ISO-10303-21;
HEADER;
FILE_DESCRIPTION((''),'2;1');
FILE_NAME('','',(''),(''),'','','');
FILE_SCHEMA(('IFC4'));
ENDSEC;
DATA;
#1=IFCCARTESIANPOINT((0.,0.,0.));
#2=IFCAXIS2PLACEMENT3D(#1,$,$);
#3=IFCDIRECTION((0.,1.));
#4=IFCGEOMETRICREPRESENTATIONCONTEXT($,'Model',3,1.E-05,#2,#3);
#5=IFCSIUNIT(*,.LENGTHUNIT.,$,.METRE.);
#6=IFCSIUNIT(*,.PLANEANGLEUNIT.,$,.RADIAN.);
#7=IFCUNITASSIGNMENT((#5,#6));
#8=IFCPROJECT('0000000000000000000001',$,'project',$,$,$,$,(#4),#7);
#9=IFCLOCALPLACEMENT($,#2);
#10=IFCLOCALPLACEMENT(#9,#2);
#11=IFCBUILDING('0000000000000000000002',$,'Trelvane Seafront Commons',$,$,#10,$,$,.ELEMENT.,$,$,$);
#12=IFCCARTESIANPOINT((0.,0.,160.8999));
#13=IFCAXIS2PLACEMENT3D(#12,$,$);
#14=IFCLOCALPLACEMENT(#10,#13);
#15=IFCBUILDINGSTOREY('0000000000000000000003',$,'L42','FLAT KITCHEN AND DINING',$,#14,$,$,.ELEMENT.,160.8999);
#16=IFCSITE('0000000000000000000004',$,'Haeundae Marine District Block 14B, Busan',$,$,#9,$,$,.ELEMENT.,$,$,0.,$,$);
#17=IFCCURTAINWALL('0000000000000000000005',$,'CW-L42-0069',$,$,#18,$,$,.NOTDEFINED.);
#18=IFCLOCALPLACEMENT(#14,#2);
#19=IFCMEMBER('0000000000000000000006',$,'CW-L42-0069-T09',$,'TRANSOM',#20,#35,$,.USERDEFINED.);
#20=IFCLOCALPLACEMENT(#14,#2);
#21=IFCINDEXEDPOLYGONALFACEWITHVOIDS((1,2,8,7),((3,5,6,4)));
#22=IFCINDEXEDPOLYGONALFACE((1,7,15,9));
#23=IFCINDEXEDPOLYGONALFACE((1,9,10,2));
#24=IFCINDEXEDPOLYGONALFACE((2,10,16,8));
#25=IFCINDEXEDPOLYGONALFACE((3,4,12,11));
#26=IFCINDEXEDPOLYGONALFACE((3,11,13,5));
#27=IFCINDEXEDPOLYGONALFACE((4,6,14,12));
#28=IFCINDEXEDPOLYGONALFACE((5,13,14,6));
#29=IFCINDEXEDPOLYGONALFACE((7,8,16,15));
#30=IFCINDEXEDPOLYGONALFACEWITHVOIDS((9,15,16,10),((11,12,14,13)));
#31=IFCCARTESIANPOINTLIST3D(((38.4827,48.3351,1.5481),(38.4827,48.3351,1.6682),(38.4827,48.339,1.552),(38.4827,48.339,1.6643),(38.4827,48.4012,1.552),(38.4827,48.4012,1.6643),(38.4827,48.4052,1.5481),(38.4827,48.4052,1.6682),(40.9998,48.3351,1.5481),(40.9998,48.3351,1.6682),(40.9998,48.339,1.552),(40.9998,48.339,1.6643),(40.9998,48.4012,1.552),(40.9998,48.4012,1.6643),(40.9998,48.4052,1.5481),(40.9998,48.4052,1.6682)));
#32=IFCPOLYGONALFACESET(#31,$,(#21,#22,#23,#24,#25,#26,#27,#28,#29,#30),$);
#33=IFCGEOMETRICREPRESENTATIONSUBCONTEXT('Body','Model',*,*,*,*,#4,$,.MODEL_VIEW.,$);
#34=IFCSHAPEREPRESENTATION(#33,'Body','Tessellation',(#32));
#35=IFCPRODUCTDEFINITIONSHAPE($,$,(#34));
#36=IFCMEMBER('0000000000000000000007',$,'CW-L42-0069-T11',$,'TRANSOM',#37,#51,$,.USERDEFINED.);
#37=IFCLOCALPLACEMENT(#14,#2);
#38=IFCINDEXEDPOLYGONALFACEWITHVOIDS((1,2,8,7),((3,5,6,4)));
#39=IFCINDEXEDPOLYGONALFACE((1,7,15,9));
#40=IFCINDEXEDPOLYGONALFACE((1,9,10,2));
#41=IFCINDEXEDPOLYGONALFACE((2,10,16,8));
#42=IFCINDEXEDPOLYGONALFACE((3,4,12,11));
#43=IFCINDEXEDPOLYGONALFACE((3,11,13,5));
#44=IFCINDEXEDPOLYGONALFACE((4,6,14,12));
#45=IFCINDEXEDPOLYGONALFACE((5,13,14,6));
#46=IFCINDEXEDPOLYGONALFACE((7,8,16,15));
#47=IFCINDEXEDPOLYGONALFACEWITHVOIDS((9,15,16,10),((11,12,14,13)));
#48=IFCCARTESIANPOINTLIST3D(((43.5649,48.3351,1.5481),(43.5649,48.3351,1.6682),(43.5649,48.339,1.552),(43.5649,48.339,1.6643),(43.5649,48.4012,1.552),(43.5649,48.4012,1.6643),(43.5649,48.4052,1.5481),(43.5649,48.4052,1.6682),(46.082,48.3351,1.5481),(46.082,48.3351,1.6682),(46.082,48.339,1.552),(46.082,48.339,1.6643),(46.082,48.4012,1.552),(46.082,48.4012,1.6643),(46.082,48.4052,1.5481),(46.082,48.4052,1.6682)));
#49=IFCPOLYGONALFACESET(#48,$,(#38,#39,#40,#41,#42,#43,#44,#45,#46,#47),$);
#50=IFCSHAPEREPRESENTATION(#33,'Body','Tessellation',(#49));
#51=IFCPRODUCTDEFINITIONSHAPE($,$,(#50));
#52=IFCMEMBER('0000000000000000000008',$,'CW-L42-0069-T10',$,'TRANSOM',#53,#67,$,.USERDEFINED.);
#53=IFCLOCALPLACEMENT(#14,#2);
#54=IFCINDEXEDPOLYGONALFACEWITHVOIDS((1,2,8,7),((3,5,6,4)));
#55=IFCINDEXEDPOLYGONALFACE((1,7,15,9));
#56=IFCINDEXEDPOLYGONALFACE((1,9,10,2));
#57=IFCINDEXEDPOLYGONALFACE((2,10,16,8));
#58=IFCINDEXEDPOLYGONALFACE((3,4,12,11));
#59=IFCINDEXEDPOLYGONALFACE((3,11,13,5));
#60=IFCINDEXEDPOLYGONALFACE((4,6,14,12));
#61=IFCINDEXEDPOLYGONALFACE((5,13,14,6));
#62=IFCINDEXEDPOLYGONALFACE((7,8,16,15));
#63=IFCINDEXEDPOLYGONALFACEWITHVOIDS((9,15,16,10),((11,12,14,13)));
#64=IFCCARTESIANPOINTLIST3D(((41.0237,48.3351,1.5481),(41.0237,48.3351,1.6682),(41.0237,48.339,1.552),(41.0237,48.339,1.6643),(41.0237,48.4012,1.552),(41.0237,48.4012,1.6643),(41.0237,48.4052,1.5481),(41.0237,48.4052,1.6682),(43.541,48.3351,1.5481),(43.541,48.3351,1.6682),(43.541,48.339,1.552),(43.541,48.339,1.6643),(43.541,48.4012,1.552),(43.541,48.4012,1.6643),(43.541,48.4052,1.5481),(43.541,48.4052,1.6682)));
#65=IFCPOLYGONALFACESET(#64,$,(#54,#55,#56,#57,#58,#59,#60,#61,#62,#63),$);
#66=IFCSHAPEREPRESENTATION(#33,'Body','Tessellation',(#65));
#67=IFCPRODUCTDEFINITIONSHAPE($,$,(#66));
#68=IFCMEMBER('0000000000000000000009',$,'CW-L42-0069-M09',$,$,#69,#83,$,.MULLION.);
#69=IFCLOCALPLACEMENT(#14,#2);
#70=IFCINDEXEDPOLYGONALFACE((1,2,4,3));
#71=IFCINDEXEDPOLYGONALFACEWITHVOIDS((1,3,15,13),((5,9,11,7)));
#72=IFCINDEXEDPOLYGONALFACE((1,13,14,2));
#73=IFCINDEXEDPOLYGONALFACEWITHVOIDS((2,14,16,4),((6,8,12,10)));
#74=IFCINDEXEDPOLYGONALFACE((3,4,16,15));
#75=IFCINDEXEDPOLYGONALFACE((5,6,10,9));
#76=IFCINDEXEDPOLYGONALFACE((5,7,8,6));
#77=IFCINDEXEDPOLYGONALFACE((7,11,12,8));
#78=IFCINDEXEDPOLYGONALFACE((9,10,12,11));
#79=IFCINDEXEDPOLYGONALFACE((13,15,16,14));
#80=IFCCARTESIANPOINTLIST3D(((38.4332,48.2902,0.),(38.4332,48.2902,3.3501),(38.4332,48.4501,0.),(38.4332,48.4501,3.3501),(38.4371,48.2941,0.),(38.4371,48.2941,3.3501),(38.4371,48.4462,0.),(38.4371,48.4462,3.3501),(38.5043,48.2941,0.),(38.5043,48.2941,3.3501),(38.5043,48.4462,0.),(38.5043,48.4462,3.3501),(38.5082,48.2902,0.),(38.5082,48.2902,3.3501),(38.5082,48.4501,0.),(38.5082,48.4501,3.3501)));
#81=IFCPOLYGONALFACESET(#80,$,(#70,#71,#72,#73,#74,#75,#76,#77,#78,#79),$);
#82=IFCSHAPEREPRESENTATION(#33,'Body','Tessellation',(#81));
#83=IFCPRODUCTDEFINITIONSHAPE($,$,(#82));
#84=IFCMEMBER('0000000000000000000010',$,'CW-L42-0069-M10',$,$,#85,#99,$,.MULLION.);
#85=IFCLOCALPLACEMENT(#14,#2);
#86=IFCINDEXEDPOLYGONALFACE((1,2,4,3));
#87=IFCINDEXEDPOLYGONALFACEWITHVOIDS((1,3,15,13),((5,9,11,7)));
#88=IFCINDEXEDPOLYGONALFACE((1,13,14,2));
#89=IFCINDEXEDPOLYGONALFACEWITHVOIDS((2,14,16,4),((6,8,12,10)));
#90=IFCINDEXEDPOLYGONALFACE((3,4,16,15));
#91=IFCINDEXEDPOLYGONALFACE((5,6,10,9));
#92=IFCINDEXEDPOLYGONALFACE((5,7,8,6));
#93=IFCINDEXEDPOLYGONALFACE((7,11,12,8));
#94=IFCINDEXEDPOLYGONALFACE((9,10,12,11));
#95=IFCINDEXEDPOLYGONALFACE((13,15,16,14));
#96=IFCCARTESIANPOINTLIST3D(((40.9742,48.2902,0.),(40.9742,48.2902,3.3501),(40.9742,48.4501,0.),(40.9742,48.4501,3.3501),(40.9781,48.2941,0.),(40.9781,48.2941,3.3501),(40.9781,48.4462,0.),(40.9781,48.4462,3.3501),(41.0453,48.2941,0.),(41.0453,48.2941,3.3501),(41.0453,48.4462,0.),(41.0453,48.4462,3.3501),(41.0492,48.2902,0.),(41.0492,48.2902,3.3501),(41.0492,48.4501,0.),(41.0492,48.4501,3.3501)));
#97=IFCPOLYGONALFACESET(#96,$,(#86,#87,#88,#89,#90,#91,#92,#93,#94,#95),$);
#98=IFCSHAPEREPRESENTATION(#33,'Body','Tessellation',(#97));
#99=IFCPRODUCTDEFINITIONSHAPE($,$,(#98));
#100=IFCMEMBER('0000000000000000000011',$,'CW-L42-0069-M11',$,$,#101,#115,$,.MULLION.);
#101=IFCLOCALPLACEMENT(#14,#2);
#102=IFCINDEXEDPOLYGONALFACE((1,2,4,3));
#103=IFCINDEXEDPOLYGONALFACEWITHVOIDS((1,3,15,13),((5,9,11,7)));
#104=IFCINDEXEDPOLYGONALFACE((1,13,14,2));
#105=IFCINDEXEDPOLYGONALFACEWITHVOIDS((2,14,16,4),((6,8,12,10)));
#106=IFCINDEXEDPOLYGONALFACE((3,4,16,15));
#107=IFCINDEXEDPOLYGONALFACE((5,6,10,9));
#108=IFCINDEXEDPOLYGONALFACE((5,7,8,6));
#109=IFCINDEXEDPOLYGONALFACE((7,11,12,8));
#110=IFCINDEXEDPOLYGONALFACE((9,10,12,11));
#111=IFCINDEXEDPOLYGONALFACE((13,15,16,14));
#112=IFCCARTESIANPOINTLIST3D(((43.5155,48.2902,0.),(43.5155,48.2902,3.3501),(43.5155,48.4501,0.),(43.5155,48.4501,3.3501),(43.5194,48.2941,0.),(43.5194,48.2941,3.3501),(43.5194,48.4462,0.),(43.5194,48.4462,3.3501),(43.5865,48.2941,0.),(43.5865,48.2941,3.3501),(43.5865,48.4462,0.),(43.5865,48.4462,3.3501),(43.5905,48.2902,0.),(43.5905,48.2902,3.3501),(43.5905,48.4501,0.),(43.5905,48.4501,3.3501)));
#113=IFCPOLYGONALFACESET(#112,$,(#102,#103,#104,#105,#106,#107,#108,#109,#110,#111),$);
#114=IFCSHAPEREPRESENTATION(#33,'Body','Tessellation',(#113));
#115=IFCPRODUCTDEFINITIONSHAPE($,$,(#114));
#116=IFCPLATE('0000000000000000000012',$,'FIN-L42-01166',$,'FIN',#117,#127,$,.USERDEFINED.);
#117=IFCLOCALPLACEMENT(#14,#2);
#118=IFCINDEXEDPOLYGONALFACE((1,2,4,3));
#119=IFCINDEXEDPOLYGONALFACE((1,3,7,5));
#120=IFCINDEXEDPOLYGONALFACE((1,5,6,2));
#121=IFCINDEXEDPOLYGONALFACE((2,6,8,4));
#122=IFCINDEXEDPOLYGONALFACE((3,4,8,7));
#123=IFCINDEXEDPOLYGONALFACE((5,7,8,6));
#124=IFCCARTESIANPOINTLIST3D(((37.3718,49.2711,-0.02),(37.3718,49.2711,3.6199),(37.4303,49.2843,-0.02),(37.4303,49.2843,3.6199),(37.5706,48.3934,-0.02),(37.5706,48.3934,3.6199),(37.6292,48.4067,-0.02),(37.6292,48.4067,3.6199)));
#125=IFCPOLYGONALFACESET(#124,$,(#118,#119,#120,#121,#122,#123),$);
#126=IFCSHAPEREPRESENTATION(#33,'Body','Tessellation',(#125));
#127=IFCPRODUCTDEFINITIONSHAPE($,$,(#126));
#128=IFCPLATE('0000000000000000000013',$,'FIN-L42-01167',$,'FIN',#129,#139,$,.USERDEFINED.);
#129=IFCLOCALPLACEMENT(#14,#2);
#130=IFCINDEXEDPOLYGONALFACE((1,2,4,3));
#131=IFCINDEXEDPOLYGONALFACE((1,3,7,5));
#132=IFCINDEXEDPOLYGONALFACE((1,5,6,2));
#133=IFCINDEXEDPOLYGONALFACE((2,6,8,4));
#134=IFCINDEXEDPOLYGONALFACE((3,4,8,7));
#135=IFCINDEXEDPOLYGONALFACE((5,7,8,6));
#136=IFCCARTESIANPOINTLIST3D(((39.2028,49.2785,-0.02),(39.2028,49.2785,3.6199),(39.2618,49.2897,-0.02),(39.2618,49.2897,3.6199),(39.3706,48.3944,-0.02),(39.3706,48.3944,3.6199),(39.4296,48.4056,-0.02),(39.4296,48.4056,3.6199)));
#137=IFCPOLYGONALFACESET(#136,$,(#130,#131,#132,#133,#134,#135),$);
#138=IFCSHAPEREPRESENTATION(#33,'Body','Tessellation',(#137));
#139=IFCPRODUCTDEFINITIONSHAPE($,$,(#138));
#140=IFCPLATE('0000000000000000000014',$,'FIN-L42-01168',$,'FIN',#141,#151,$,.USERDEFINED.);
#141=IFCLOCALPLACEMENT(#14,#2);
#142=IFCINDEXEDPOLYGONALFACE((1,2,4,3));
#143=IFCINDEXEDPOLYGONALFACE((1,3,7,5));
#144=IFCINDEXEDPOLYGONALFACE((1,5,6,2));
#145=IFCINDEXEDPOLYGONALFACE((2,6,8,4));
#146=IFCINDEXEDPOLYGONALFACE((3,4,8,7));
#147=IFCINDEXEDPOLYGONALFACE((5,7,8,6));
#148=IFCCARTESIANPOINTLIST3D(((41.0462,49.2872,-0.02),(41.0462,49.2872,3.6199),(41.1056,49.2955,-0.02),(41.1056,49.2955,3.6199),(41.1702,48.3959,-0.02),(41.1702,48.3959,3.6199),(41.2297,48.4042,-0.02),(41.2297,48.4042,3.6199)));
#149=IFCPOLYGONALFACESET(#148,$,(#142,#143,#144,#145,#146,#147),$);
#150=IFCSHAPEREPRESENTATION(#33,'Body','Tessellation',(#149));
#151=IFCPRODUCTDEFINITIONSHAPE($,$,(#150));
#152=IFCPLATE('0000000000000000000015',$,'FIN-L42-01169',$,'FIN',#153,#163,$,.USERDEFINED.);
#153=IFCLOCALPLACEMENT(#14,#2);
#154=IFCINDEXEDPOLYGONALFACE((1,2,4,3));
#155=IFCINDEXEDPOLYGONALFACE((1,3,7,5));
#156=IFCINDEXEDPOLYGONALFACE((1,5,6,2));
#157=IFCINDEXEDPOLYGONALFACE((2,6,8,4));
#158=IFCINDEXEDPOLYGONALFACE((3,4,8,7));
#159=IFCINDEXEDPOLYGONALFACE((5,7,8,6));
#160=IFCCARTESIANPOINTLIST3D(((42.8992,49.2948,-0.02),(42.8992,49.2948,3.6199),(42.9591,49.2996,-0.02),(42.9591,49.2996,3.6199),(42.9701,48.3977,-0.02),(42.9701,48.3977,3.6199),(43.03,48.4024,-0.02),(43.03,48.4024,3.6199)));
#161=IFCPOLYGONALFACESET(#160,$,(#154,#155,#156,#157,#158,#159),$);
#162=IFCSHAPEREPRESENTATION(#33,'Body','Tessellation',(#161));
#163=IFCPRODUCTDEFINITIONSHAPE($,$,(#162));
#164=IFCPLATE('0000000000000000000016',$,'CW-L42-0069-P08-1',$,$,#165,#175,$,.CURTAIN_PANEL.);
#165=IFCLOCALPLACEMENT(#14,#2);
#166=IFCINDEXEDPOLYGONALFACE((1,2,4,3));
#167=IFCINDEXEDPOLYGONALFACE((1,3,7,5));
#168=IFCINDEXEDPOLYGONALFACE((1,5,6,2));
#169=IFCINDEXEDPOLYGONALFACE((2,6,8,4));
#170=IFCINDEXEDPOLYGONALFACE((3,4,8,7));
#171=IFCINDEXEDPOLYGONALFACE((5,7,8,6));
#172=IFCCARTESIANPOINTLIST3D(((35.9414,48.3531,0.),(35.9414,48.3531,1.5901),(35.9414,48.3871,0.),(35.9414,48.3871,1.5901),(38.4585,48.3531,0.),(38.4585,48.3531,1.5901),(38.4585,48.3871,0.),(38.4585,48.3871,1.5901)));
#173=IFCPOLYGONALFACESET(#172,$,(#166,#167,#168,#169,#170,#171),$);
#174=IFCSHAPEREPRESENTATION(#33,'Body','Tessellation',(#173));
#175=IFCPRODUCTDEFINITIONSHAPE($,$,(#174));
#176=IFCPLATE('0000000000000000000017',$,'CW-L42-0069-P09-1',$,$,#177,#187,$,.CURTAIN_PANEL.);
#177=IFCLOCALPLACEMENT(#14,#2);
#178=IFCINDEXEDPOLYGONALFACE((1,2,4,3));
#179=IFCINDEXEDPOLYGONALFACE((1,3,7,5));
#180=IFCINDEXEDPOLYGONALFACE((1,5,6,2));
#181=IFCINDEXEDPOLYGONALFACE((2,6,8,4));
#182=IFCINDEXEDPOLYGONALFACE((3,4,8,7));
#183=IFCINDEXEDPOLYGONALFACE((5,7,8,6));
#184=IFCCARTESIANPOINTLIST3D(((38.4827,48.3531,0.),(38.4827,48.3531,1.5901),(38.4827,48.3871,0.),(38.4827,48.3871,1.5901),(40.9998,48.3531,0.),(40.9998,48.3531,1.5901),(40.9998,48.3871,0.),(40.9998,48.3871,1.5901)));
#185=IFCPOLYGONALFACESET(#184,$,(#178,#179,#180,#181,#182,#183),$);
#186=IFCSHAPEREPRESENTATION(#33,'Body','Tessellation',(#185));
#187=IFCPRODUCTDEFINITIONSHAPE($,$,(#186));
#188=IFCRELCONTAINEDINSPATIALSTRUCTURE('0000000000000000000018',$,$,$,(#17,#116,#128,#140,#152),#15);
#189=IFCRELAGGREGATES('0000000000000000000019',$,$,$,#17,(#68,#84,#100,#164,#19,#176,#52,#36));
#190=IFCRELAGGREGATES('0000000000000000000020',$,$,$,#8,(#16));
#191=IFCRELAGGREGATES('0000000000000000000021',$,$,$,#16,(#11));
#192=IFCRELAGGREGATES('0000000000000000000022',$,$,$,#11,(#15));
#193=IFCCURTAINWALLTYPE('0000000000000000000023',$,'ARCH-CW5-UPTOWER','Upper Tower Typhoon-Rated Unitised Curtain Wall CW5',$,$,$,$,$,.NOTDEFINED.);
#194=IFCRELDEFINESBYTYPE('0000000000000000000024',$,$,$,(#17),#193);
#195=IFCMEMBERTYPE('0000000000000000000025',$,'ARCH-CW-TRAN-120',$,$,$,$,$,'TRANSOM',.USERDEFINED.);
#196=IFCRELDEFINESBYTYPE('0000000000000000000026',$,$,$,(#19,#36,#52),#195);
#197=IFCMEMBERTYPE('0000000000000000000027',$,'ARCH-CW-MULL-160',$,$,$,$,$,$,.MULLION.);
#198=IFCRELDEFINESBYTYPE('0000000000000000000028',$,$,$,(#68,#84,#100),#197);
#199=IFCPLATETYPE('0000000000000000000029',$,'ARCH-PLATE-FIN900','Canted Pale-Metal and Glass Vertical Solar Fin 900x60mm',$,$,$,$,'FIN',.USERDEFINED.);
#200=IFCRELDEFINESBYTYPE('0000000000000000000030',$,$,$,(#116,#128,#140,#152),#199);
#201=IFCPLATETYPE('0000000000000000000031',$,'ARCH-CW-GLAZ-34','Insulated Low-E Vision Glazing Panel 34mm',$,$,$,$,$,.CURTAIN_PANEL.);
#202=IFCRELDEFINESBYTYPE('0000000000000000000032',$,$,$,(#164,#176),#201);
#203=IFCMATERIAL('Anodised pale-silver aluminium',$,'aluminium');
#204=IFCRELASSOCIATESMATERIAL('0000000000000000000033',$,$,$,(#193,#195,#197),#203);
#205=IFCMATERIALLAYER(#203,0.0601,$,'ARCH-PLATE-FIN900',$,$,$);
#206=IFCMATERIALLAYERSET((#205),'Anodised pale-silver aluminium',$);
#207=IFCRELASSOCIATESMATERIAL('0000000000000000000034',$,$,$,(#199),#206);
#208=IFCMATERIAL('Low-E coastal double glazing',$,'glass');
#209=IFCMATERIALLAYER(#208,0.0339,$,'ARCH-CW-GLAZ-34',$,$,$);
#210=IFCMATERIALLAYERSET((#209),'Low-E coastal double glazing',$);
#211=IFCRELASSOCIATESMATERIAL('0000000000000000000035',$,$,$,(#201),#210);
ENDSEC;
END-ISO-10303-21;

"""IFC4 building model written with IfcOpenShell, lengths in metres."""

from ifc_helpers import new_model, si_unit, direction, frame, origin, origin_2d, place, context, subcontext, project, spatial, rectangle, hollow_rectangle, extrude, source, transform, mapped, material, layer, layer_set, material_profile, profile_set, type_object, element, aggregate, save


model = new_model("IFC4")

# Units and contexts
model_context = context("Model", 3, precision=1e-05, world=origin(), true_north=direction((0.0, 1.0)))
body_context = subcontext(model_context, "Body", "Model", "MODEL_VIEW")
ifc_project = project(units=[si_unit("LENGTHUNIT", "METRE"), si_unit("PLANEANGLEUNIT", "RADIAN")], contexts=[model_context])

# Site, building, storey
site_placement = place(None, origin())
site = spatial("IfcSite", under=ifc_project, at=site_placement, Name="Haeundae Marine District Block 14B, Busan", CompositionType="ELEMENT", RefElevation=0.0)
building_placement = place(site_placement, origin())
building = spatial("IfcBuilding", under=site, at=building_placement, Name="Trelvane Seafront Commons", CompositionType="ELEMENT")
storey_placement = place(building_placement, frame((0.0, 0.0, 160.8999)))
storey = spatial("IfcBuildingStorey", under=building, at=storey_placement, Name="L42", Description="FLAT KITCHEN AND DINING", CompositionType="ELEMENT", Elevation=160.8999)

# Curtain wall, members
ifc_material_1 = material(Name="Anodised pale-silver aluminium", Category="aluminium")
curtain_wall_type = type_object("IfcCurtainWallType", Name="ARCH-CW5-UPTOWER", Description="Upper Tower Typhoon-Rated Unitised Curtain Wall CW5", PredefinedType="NOTDEFINED", material=ifc_material_1)
curtain_wall_placement = place(storey_placement, origin())
curtain_wall = element("IfcCurtainWall", 1, at=curtain_wall_placement, inside=storey, type_object=curtain_wall_type, Name="CW-L42-0069", PredefinedType="NOTDEFINED")
ifc_material_profile_1 = material_profile(ifc_material_1, hollow_rectangle(XDim=0.0701, YDim=0.1201, WallThickness=0.0039, at=origin_2d()), Name="TRAN-70x120x4")
ifc_profile_set_1 = profile_set([ifc_material_profile_1], Name="Anodised pale-silver aluminium")
member_type_1 = type_object("IfcMemberType", Name="ARCH-CW-TRAN-120", ElementType="TRANSOM", PredefinedType="USERDEFINED", material=ifc_profile_set_1)
shared_shape_1 = source(origin(), body_context, "Body", "SweptSolid", [
    extrude(hollow_rectangle(XDim=0.0701, YDim=0.1201, WallThickness=0.0039, at=origin_2d()), origin(), (0.0, 0.0, 1.0), 2.5171),
])
member_1_placement = place(storey_placement, frame((38.4827, 48.3701, 1.6082), z_axis=(1.0, 0.0, 0.0), x_axis=(0.0, 1.0, 0.0)))
member_1 = element("IfcMember", 2, at=member_1_placement, type_object=member_type_1, Name="CW-L42-0069-T09", ObjectType="TRANSOM", PredefinedType="USERDEFINED", context=body_context, shape_type="MappedRepresentation", body=[
    mapped(shared_shape_1, transform((0.0, 0.0, 0.0), x_axis=(1.0, 0.0, 0.0), y_axis=(0.0, 1.0, 0.0), z_axis=(0.0, 0.0, 1.0), scale=1.0)),
])
member_2_placement = place(storey_placement, frame((43.5649, 48.3701, 1.6082), z_axis=(1.0, 0.0, 0.0), x_axis=(0.0, 1.0, 0.0)))
member_2 = element("IfcMember", 3, at=member_2_placement, type_object=member_type_1, Name="CW-L42-0069-T11", ObjectType="TRANSOM", PredefinedType="USERDEFINED", context=body_context, shape_type="MappedRepresentation", body=[
    mapped(shared_shape_1, transform((0.0, 0.0, 0.0), x_axis=(1.0, 0.0, 0.0), y_axis=(0.0, 1.0, 0.0), z_axis=(0.0, 0.0, 1.0), scale=1.0)),
])
shared_shape_2 = source(origin(), body_context, "Body", "SweptSolid", [
    extrude(hollow_rectangle(XDim=0.0701, YDim=0.1201, WallThickness=0.0039, at=origin_2d()), origin(), (0.0, 0.0, 1.0), 2.5173),
])
member_3_placement = place(storey_placement, frame((41.0237, 48.3701, 1.6082), z_axis=(1.0, 0.0, 0.0), x_axis=(0.0, 1.0, 0.0)))
member_3 = element("IfcMember", 4, at=member_3_placement, type_object=member_type_1, Name="CW-L42-0069-T10", ObjectType="TRANSOM", PredefinedType="USERDEFINED", context=body_context, shape_type="MappedRepresentation", body=[
    mapped(shared_shape_2, transform((0.0, 0.0, 0.0), x_axis=(1.0, 0.0, 0.0), y_axis=(0.0, 1.0, 0.0), z_axis=(0.0, 0.0, 1.0), scale=1.0)),
])
ifc_material_profile_2 = material_profile(ifc_material_1, hollow_rectangle(XDim=0.075, YDim=0.1599, WallThickness=0.0039, at=origin_2d()), Name="MULL-75x160x4")
ifc_profile_set_2 = profile_set([ifc_material_profile_2], Name="Anodised pale-silver aluminium")
member_type_2 = type_object("IfcMemberType", Name="ARCH-CW-MULL-160", PredefinedType="MULLION", material=ifc_profile_set_2)
shared_shape_3 = source(origin(), body_context, "Body", "SweptSolid", [
    extrude(hollow_rectangle(XDim=0.075, YDim=0.1599, WallThickness=0.0039, at=origin_2d()), origin(), (0.0, 0.0, 1.0), 3.3501),
])
member_4_placement = place(storey_placement, frame((38.4707, 48.3701, 0.0), z_axis=(0.0, 0.0, 1.0), x_axis=(1.0, 0.0, 0.0)))
member_4 = element("IfcMember", 5, at=member_4_placement, type_object=member_type_2, Name="CW-L42-0069-M09", PredefinedType="MULLION", context=body_context, shape_type="MappedRepresentation", body=[
    mapped(shared_shape_3, transform((0.0, 0.0, 0.0), x_axis=(1.0, 0.0, 0.0), y_axis=(0.0, 1.0, 0.0), z_axis=(0.0, 0.0, 1.0), scale=1.0)),
])
member_5_placement = place(storey_placement, frame((41.0117, 48.3701, 0.0), z_axis=(0.0, 0.0, 1.0), x_axis=(1.0, 0.0, 0.0)))
member_5 = element("IfcMember", 6, at=member_5_placement, type_object=member_type_2, Name="CW-L42-0069-M10", PredefinedType="MULLION", context=body_context, shape_type="MappedRepresentation", body=[
    mapped(shared_shape_3, transform((0.0, 0.0, 0.0), x_axis=(1.0, 0.0, 0.0), y_axis=(0.0, 1.0, 0.0), z_axis=(0.0, 0.0, 1.0), scale=1.0)),
])
member_6_placement = place(storey_placement, frame((43.553, 48.3701, 0.0), z_axis=(0.0, 0.0, 1.0), x_axis=(1.0, 0.0, 0.0)))
member_6 = element("IfcMember", 7, at=member_6_placement, type_object=member_type_2, Name="CW-L42-0069-M11", PredefinedType="MULLION", context=body_context, shape_type="MappedRepresentation", body=[
    mapped(shared_shape_3, transform((0.0, 0.0, 0.0), x_axis=(1.0, 0.0, 0.0), y_axis=(0.0, 1.0, 0.0), z_axis=(0.0, 0.0, 1.0), scale=1.0)),
])

# Plates
ifc_layer_1 = layer(ifc_material_1, 0.0601, Name="ARCH-PLATE-FIN900")
ifc_layer_set_1 = layer_set([ifc_layer_1], Name="Anodised pale-silver aluminium")
plate_type_1 = type_object("IfcPlateType", Name="ARCH-PLATE-FIN900", Description="Canted Pale-Metal and Glass Vertical Solar Fin 900x60mm", ElementType="FIN", PredefinedType="USERDEFINED", material=ifc_layer_set_1)
shared_shape_4 = source(origin(), body_context, "Body", "SweptSolid", [
    extrude(rectangle(XDim=0.8999, YDim=0.0601, at=origin_2d()), origin(), (0.0, 0.0, 1.0), 3.6399),
])
for number, where, z_axis, x_axis, name in (
    (8, (37.5005, 48.8389, -0.02), (0.0, 0.0, 1.0), (-0.221011, 0.975271, 0.0), "FIN-L42-01166"),
    (9, (39.3162, 48.842, -0.02), (0.0, 0.0, 1.0), (-0.186449, 0.982465, 0.0), "FIN-L42-01167"),
    (10, (41.1379, 48.8457, -0.02), (0.0, 0.0, 1.0), (-0.137889, 0.990448, 0.0), "FIN-L42-01168"),
    (11, (42.9646, 48.8486, -0.02), (0.0, 0.0, 1.0), (-0.078778, 0.996892, 0.0), "FIN-L42-01169"),
):
    element("IfcPlate", number, at=place(storey_placement, frame(where, z_axis=z_axis, x_axis=x_axis)), inside=storey, type_object=plate_type_1, Name=name, ObjectType="FIN", PredefinedType="USERDEFINED", context=body_context, shape_type="MappedRepresentation", body=[
        mapped(shared_shape_4, transform((0.0, 0.0, 0.0), x_axis=(1.0, 0.0, 0.0), y_axis=(0.0, 1.0, 0.0), z_axis=(0.0, 0.0, 1.0), scale=1.0)),
    ])

# Plates
ifc_material_2 = material(Name="Low-E coastal double glazing", Category="glass")
ifc_layer_2 = layer(ifc_material_2, 0.0339, Name="ARCH-CW-GLAZ-34")
ifc_layer_set_2 = layer_set([ifc_layer_2], Name="Low-E coastal double glazing")
plate_type_2 = type_object("IfcPlateType", Name="ARCH-CW-GLAZ-34", Description="Insulated Low-E Vision Glazing Panel 34mm", PredefinedType="CURTAIN_PANEL", material=ifc_layer_set_2)
shared_shape_5 = source(origin(), body_context, "Body", "SweptSolid", [
    extrude(rectangle(XDim=2.5171, YDim=0.0339, at=origin_2d()), origin(), (0.0, 0.0, 1.0), 1.5901),
])
plate_1_placement = place(storey_placement, frame((37.2, 48.3701, 0.0), z_axis=(0.0, 0.0, 1.0), x_axis=(1.0, 0.0, 0.0)))
plate_1 = element("IfcPlate", 12, at=plate_1_placement, type_object=plate_type_2, Name="CW-L42-0069-P08-1", PredefinedType="CURTAIN_PANEL", context=body_context, shape_type="MappedRepresentation", body=[
    mapped(shared_shape_5, transform((0.0, 0.0, 0.0), x_axis=(1.0, 0.0, 0.0), y_axis=(0.0, 1.0, 0.0), z_axis=(0.0, 0.0, 1.0), scale=1.0)),
])
plate_2_placement = place(storey_placement, frame((39.7412, 48.3701, 0.0), z_axis=(0.0, 0.0, 1.0), x_axis=(1.0, 0.0, 0.0)))
plate_2 = element("IfcPlate", 13, at=plate_2_placement, type_object=plate_type_2, Name="CW-L42-0069-P09-1", PredefinedType="CURTAIN_PANEL", context=body_context, shape_type="MappedRepresentation", body=[
    mapped(shared_shape_5, transform((0.0, 0.0, 0.0), x_axis=(1.0, 0.0, 0.0), y_axis=(0.0, 1.0, 0.0), z_axis=(0.0, 0.0, 1.0), scale=1.0)),
])
aggregate(curtain_wall, [member_4, member_5, member_6, plate_1, member_1, plate_2, member_3, member_2])

save(model, "model.ifc")
